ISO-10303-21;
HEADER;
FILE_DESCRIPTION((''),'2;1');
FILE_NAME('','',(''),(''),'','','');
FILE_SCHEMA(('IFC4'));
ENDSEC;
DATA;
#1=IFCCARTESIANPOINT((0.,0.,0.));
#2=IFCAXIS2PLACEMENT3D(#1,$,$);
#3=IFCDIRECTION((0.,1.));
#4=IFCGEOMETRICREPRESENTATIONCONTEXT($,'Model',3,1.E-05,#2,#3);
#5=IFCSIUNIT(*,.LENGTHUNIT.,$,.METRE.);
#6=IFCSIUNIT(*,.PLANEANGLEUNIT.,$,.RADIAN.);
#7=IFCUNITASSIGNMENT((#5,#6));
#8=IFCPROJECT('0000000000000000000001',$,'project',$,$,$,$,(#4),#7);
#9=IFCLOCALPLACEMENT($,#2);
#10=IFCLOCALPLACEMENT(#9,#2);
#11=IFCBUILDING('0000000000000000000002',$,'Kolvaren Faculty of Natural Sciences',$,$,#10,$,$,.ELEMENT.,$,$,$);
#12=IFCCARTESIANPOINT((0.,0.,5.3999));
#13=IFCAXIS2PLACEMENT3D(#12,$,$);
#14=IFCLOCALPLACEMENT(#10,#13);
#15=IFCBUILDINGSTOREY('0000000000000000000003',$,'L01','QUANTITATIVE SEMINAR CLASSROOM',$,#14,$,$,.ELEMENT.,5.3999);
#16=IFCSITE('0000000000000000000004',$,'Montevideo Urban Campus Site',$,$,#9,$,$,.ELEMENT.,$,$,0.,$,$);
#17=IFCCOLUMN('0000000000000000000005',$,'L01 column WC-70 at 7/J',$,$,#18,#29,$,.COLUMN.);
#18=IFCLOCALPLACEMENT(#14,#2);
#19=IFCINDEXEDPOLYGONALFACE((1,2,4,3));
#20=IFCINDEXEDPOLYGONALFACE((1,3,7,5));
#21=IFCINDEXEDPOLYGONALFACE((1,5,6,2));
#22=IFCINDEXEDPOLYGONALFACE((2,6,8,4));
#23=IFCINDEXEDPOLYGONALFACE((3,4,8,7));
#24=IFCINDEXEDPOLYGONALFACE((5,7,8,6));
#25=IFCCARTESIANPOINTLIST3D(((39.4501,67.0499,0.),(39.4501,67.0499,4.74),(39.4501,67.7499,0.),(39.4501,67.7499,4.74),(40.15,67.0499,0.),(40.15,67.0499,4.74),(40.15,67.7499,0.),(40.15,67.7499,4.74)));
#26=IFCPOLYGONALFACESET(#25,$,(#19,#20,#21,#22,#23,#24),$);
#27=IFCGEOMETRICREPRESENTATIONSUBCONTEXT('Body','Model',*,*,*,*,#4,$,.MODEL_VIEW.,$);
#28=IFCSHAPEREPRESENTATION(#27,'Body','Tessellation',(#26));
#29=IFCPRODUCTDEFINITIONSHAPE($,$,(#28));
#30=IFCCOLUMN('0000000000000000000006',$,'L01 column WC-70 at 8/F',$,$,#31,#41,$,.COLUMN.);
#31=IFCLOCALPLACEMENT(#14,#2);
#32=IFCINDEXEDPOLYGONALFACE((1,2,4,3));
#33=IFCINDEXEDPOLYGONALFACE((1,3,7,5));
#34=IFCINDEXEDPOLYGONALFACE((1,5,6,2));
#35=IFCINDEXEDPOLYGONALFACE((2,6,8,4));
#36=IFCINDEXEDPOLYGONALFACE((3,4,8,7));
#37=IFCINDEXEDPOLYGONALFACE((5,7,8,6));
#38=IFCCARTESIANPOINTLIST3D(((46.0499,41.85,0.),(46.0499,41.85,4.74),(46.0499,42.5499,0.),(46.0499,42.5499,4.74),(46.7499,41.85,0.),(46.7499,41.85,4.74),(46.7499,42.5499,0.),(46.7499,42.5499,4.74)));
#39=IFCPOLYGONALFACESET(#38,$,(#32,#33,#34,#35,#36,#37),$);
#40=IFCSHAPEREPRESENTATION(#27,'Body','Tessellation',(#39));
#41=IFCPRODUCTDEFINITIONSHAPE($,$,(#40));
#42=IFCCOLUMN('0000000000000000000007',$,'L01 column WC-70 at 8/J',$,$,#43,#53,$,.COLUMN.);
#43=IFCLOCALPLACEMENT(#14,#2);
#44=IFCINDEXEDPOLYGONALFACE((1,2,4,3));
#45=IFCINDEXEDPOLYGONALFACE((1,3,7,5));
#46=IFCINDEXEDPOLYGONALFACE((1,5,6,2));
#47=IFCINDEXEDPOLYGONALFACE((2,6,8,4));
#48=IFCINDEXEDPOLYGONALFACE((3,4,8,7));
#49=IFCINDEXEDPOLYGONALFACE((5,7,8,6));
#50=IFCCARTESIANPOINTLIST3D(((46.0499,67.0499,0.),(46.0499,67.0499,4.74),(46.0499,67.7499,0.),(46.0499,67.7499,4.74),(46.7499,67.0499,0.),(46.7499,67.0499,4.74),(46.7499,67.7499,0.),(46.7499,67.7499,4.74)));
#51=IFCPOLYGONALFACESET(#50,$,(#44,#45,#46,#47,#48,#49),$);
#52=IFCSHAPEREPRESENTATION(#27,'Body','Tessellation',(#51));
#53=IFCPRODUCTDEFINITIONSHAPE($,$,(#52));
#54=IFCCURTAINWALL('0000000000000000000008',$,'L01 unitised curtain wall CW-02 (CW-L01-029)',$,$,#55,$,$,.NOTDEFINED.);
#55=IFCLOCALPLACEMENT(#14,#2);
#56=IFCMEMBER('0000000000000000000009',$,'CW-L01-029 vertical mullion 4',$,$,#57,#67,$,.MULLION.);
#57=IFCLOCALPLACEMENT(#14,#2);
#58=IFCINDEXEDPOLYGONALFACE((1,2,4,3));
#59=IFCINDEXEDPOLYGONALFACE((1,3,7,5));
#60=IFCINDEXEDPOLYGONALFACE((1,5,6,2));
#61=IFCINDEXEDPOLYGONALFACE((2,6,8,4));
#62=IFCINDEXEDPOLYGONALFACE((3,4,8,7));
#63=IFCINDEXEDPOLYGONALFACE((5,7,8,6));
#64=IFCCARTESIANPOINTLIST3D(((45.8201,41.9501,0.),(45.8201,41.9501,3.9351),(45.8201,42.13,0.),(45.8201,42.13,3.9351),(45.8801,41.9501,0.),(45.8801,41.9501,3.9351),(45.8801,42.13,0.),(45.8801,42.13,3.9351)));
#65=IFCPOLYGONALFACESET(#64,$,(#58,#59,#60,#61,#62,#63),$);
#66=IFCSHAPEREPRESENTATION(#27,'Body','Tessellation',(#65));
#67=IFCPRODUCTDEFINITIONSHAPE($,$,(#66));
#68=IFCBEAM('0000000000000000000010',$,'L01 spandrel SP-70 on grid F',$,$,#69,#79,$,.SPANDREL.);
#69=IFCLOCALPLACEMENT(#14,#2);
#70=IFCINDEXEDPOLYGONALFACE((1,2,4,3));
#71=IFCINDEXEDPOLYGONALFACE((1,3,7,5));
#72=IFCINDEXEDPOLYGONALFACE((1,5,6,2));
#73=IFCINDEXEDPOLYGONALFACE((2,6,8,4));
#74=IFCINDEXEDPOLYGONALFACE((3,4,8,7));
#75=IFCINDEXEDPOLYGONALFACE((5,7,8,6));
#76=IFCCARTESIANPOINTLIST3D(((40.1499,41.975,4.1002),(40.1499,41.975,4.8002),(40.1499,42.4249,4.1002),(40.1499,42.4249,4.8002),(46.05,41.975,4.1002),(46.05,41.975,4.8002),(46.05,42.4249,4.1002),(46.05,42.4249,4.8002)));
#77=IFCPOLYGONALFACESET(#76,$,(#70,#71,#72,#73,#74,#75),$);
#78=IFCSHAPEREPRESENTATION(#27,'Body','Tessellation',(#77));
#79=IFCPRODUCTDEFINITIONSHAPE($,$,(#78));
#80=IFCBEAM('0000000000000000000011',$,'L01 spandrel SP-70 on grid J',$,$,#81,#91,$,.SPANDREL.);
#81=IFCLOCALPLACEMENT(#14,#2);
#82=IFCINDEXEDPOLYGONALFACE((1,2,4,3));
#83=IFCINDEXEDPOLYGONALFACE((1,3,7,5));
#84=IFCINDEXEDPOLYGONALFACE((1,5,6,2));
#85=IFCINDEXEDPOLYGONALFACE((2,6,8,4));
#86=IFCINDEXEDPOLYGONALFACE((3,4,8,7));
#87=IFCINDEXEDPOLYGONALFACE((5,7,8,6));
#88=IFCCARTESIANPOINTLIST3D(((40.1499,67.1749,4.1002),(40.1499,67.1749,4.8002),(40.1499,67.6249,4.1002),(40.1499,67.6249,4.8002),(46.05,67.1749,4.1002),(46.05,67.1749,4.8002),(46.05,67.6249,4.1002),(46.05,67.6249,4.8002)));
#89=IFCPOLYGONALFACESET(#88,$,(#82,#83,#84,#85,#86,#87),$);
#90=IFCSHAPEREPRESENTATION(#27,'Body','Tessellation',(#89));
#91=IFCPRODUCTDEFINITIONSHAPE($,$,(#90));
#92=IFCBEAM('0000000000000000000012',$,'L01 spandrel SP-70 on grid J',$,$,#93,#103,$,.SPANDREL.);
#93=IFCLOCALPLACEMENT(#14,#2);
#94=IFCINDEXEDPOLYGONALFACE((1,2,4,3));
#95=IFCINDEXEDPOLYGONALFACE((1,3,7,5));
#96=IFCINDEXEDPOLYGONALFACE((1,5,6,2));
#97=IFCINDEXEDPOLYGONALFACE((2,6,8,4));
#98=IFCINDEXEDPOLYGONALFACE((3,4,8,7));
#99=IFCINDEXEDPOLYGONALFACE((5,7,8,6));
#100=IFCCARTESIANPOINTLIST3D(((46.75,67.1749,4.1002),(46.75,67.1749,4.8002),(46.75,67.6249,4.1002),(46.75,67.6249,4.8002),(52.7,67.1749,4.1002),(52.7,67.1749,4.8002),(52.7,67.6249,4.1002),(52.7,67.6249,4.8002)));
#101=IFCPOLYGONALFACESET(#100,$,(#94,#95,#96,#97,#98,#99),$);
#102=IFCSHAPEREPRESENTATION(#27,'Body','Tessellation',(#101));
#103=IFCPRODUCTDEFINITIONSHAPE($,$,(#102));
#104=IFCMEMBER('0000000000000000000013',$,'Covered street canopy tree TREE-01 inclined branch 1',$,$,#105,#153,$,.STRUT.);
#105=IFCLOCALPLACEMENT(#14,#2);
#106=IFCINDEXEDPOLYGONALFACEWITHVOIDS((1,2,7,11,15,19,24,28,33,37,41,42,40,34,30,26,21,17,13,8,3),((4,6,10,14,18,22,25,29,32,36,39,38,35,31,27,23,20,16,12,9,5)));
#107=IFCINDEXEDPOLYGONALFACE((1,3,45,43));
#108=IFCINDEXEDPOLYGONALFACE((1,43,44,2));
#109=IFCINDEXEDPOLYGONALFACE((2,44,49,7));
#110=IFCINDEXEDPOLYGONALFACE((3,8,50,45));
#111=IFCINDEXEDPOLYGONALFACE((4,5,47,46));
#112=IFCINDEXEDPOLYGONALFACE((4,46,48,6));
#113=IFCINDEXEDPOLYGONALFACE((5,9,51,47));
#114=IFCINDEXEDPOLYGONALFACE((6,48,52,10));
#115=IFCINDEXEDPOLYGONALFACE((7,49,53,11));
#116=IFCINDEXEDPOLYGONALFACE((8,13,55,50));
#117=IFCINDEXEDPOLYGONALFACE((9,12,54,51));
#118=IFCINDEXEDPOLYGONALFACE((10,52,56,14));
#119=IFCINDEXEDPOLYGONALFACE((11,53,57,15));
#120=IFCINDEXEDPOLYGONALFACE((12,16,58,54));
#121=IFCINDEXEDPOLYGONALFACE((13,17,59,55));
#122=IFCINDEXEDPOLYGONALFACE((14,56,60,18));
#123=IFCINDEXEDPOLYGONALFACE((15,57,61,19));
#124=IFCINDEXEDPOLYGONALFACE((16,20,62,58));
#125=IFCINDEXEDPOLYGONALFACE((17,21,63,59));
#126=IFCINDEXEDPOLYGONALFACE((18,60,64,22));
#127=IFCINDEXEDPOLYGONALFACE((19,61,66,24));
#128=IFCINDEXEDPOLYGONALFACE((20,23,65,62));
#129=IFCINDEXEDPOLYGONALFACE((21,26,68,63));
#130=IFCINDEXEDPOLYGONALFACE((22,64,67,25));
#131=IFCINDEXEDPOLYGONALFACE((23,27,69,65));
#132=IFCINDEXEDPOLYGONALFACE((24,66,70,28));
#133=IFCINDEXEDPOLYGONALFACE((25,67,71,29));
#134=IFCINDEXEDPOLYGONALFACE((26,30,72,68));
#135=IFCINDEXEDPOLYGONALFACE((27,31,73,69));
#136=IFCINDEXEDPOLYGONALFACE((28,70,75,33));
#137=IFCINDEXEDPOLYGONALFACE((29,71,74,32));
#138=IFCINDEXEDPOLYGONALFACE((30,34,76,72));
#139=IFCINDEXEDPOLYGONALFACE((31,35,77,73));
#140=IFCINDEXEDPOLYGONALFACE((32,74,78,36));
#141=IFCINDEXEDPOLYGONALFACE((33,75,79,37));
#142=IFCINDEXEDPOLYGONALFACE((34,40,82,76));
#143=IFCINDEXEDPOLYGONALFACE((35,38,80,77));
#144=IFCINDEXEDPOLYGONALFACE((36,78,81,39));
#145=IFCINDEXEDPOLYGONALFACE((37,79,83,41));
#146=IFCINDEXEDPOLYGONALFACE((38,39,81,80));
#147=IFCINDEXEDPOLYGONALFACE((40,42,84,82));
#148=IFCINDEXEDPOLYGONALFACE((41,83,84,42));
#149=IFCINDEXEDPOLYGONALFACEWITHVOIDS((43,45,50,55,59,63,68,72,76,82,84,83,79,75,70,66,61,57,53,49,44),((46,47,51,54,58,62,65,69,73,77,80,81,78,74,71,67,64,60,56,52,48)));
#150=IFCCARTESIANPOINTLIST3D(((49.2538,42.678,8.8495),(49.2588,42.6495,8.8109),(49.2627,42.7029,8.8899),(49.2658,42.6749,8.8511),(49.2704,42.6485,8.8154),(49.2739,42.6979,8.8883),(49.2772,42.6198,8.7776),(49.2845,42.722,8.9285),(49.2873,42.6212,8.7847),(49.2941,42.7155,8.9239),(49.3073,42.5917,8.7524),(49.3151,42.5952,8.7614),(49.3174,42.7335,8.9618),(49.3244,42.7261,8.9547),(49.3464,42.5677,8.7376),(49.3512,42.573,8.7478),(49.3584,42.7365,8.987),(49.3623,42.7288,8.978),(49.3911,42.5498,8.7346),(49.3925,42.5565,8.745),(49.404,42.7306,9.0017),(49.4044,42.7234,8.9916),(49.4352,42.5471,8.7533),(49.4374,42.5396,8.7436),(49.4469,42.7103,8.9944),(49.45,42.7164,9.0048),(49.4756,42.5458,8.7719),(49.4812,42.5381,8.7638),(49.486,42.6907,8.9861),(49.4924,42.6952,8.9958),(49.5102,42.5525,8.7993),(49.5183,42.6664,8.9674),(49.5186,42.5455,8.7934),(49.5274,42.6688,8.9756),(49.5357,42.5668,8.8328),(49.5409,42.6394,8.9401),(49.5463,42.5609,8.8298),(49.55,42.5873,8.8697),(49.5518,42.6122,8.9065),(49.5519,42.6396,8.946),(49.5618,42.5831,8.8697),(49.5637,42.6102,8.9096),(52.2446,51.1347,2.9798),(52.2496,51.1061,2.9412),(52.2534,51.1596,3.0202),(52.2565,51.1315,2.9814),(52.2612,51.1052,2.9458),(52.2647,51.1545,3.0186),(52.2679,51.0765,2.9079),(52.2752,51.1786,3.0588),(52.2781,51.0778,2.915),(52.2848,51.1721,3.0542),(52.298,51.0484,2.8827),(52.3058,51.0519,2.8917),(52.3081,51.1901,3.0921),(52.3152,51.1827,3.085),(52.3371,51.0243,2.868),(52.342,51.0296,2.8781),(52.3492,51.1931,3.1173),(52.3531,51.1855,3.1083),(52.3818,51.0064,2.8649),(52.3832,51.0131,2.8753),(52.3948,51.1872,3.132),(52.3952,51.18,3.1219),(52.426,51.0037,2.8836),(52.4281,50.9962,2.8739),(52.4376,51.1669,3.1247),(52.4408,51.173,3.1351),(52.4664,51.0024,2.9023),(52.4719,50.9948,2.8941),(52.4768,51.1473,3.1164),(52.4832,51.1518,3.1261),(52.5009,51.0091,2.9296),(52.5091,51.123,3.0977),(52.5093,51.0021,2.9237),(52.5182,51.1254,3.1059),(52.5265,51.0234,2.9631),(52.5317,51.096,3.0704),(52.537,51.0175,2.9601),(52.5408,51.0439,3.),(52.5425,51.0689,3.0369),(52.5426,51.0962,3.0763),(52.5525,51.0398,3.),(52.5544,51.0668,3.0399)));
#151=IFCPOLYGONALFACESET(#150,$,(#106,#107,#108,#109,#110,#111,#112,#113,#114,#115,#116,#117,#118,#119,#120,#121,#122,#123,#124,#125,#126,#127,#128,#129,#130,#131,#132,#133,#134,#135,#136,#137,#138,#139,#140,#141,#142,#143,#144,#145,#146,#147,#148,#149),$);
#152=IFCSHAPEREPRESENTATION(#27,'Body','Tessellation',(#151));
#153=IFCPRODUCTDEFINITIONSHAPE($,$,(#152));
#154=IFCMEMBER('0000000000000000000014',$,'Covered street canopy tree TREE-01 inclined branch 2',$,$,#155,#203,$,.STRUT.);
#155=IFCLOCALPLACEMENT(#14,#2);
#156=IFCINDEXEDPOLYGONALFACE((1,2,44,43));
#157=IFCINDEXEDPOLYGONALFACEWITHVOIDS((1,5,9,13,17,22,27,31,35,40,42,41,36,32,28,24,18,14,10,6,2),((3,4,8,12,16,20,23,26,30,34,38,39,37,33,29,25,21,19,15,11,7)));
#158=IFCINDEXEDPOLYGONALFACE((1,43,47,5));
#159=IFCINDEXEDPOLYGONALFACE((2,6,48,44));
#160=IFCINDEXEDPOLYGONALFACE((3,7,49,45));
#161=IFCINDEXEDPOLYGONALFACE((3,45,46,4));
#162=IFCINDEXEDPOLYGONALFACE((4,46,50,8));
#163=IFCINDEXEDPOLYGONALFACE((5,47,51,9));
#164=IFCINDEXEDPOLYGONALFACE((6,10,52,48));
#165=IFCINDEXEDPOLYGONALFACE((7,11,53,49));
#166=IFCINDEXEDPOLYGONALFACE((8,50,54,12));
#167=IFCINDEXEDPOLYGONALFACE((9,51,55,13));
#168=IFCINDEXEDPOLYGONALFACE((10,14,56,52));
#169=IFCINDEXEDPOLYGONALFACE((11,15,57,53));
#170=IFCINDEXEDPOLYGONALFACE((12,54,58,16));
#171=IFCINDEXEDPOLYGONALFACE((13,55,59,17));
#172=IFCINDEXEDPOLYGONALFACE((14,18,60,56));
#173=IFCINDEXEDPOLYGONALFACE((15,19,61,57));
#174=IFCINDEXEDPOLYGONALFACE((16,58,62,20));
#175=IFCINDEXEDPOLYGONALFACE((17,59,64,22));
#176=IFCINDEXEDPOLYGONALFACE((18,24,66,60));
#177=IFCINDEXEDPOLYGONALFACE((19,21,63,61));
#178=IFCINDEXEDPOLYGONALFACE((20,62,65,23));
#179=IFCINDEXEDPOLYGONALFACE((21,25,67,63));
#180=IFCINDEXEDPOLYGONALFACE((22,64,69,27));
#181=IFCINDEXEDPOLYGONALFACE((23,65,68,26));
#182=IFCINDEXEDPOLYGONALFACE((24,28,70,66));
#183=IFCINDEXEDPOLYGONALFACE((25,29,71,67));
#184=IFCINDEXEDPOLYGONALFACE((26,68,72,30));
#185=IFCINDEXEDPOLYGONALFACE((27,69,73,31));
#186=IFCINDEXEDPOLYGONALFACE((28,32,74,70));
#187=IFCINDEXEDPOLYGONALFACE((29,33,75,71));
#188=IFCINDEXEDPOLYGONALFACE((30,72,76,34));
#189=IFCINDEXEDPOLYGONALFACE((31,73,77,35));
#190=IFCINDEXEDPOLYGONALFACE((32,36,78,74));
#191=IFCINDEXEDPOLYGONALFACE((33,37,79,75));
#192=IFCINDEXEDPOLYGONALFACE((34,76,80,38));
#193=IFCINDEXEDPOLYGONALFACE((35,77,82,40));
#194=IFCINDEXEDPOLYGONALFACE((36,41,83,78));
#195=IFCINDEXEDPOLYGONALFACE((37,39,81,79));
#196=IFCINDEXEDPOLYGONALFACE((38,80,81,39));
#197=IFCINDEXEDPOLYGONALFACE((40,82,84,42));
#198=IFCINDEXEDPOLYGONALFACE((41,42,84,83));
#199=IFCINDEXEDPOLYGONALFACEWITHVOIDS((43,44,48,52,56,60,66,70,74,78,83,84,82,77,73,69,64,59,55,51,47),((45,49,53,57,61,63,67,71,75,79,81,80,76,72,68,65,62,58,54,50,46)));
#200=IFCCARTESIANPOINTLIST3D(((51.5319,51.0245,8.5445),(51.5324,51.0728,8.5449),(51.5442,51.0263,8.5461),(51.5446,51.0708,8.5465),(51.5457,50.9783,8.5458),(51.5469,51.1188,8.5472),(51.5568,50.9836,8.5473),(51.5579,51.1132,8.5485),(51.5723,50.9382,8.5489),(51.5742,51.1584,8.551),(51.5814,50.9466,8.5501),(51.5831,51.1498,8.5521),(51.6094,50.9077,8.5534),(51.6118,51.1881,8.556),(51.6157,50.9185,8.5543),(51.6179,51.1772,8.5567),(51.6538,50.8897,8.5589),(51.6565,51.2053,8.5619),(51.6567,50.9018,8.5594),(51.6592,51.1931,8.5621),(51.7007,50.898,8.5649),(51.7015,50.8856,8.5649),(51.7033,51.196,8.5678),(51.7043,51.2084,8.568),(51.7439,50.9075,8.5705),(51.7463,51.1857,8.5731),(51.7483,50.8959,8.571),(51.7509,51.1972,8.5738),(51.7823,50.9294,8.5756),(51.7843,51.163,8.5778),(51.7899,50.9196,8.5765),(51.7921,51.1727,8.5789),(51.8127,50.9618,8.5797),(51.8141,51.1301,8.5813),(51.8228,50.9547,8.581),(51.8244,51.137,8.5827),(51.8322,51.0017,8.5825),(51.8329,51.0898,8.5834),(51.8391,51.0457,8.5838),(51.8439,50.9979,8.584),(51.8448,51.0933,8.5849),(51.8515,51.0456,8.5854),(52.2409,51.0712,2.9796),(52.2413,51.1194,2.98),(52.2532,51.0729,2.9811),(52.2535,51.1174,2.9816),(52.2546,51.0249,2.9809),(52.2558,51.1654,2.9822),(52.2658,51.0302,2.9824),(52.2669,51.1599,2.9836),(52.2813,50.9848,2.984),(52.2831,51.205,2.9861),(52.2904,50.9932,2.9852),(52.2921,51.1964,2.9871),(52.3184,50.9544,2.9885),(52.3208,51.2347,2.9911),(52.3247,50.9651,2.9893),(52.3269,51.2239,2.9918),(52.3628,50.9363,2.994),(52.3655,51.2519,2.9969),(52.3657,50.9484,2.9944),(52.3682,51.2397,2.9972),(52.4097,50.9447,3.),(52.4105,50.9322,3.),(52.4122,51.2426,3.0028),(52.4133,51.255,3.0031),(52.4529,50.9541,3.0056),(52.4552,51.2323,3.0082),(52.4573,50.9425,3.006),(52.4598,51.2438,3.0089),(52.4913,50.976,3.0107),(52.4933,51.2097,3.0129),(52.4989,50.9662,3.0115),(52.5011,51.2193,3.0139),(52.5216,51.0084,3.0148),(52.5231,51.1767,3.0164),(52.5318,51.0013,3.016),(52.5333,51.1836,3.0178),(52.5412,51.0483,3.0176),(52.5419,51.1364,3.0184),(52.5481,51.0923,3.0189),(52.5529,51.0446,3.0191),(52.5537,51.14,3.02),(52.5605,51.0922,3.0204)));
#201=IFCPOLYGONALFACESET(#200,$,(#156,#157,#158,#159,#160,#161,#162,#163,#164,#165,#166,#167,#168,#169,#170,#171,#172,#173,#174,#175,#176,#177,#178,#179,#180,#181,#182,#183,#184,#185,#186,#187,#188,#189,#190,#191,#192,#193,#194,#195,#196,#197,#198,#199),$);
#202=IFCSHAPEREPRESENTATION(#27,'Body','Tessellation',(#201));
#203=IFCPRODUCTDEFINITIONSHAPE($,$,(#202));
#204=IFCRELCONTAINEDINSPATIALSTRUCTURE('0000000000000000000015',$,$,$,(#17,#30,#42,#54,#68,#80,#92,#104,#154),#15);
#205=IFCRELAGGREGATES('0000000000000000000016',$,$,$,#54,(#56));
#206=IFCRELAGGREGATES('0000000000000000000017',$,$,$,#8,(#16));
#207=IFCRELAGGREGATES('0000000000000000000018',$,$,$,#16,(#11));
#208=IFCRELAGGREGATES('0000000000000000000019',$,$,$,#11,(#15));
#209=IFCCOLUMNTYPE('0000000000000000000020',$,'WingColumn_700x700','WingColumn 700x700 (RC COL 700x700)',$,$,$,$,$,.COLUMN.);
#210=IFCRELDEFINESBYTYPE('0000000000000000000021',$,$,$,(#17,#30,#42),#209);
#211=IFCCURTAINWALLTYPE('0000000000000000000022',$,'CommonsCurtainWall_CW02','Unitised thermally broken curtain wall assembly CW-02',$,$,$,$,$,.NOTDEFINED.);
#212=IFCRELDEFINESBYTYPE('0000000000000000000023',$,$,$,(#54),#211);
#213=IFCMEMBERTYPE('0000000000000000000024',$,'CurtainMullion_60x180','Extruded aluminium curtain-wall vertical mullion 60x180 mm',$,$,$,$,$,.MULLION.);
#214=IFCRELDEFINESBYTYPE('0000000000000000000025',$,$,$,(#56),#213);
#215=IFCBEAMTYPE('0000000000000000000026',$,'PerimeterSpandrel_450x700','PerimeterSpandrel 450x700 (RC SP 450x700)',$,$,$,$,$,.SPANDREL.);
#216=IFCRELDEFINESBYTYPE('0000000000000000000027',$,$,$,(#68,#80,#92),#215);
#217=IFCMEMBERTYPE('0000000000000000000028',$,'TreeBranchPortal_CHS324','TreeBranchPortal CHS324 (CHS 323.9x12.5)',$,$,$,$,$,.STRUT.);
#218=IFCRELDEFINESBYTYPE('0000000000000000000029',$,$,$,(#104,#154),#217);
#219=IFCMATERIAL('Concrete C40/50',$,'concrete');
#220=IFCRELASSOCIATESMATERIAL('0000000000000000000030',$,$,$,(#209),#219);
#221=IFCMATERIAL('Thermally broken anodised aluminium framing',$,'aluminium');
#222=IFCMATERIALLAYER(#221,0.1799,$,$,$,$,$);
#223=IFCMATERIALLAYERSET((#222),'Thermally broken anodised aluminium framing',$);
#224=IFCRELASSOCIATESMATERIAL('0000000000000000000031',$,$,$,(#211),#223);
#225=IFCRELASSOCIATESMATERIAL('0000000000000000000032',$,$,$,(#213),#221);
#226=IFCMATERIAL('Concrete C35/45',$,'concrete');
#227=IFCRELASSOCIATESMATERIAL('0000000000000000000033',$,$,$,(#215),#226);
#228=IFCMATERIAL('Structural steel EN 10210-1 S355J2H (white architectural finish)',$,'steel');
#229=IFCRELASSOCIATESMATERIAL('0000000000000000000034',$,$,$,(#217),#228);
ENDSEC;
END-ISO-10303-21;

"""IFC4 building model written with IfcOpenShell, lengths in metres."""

from ifc_helpers import new_model, si_unit, direction, frame, origin, origin_2d, place, context, subcontext, project, spatial, rectangle, hollow_circle, extrude, material, layer, layer_set, material_profile, profile_set, type_object, element, aggregate, save


model = new_model("IFC4")

# Units and contexts
model_context = context("Model", 3, precision=1e-05, world=origin(), true_north=direction((0.0, 1.0)))
body_context = subcontext(model_context, "Body", "Model", "MODEL_VIEW")
ifc_project = project(units=[si_unit("LENGTHUNIT", "METRE"), si_unit("PLANEANGLEUNIT", "RADIAN")], contexts=[model_context])

# Site, building, storey
site_placement = place(None, origin())
site = spatial("IfcSite", under=ifc_project, at=site_placement, Name="Montevideo Urban Campus Site", CompositionType="ELEMENT", RefElevation=0.0)
building_placement = place(site_placement, origin())
building = spatial("IfcBuilding", under=site, at=building_placement, Name="Kolvaren Faculty of Natural Sciences", CompositionType="ELEMENT")
storey_placement = place(building_placement, frame((0.0, 0.0, 5.3999)))
storey = spatial("IfcBuildingStorey", under=building, at=storey_placement, Name="L01", Description="QUANTITATIVE SEMINAR CLASSROOM", CompositionType="ELEMENT", Elevation=5.3999)

# Columns
ifc_material_1 = material(Name="Concrete C40/50", Category="concrete")
ifc_material_profile_1 = material_profile(ifc_material_1, rectangle(XDim=0.7, YDim=0.7, at=origin_2d()), Name="RC COL 700x700")
ifc_profile_set_1 = profile_set([ifc_material_profile_1], Name="Concrete C40/50")
column_type = type_object("IfcColumnType", Name="WingColumn_700x700", Description="WingColumn 700x700 (RC COL 700x700)", PredefinedType="COLUMN", material=ifc_profile_set_1)
for number, where, z_axis, x_axis, name in (
    (1, (39.8, 67.3999, 0.0), (0.0, 0.0, 1.0), (1.0, 0.0, 0.0), "L01 column WC-70 at 7/J"),
    (2, (46.3999, 42.2, 0.0), (0.0, 0.0, 1.0), (1.0, 0.0, 0.0), "L01 column WC-70 at 8/F"),
    (3, (46.3999, 67.3999, 0.0), (0.0, 0.0, 1.0), (1.0, 0.0, 0.0), "L01 column WC-70 at 8/J"),
):
    element("IfcColumn", number, at=place(storey_placement, frame(where, z_axis=z_axis, x_axis=x_axis)), inside=storey, type_object=column_type, Name=name, PredefinedType="COLUMN", context=body_context, shape_type="SweptSolid", body=[
        extrude(rectangle(XDim=0.7, YDim=0.7, at=origin_2d()), origin(), (0.0, 0.0, 1.0), 4.74),
    ])

# Curtain wall, member
ifc_material_2 = material(Name="Thermally broken anodised aluminium framing", Category="aluminium")
ifc_layer_1 = layer(ifc_material_2, 0.1799)
ifc_layer_set_1 = layer_set([ifc_layer_1], Name="Thermally broken anodised aluminium framing")
curtain_wall_type = type_object("IfcCurtainWallType", Name="CommonsCurtainWall_CW02", Description="Unitised thermally broken curtain wall assembly CW-02", PredefinedType="NOTDEFINED", material=ifc_layer_set_1)
curtain_wall_placement = place(storey_placement, origin())
curtain_wall = element("IfcCurtainWall", 4, at=curtain_wall_placement, inside=storey, type_object=curtain_wall_type, Name="L01 unitised curtain wall CW-02 (CW-L01-029)", PredefinedType="NOTDEFINED")
ifc_material_profile_2 = material_profile(ifc_material_2, rectangle(XDim=0.0601, YDim=0.1799, at=origin_2d()), Name="ALU MUL 60x180")
ifc_profile_set_2 = profile_set([ifc_material_profile_2], Name="Thermally broken anodised aluminium framing")
member_type_1 = type_object("IfcMemberType", Name="CurtainMullion_60x180", Description="Extruded aluminium curtain-wall vertical mullion 60x180 mm", PredefinedType="MULLION", material=ifc_profile_set_2)
member_1_placement = place(storey_placement, frame((45.8501, 42.04, 0.0), z_axis=(0.0, 0.0, 1.0), x_axis=(1.0, 0.0, 0.0)))
member_1 = element("IfcMember", 5, at=member_1_placement, type_object=member_type_1, Name="CW-L01-029 vertical mullion 4", PredefinedType="MULLION", context=body_context, shape_type="SweptSolid", body=[
    extrude(rectangle(XDim=0.0601, YDim=0.1799, at=origin_2d()), origin(), (0.0, 0.0, 1.0), 3.9351),
])

# Beams
ifc_material_3 = material(Name="Concrete C35/45", Category="concrete")
ifc_material_profile_3 = material_profile(ifc_material_3, rectangle(XDim=0.45, YDim=0.7, at=origin_2d()), Name="RC SP 450x700")
ifc_profile_set_3 = profile_set([ifc_material_profile_3], Name="Concrete C35/45")
beam_type = type_object("IfcBeamType", Name="PerimeterSpandrel_450x700", Description="PerimeterSpandrel 450x700 (RC SP 450x700)", PredefinedType="SPANDREL", material=ifc_profile_set_3)
for number, where, z_axis, x_axis, name in (
    (6, (40.1499, 42.2, 4.4502), (1.0, 0.0, 0.0), (0.0, 1.0, 0.0), "L01 spandrel SP-70 on grid F"),
    (7, (40.1499, 67.3999, 4.4502), (1.0, 0.0, 0.0), (0.0, 1.0, 0.0), "L01 spandrel SP-70 on grid J"),
):
    element("IfcBeam", number, at=place(storey_placement, frame(where, z_axis=z_axis, x_axis=x_axis)), inside=storey, type_object=beam_type, Name=name, PredefinedType="SPANDREL", context=body_context, shape_type="SweptSolid", body=[
        extrude(rectangle(XDim=0.45, YDim=0.7, at=origin_2d()), origin(), (0.0, 0.0, 1.0), 5.9001),
    ])
beam_placement = place(storey_placement, frame((46.75, 67.3999, 4.4502), z_axis=(1.0, 0.0, 0.0), x_axis=(0.0, 1.0, 0.0)))
element("IfcBeam", 8, at=beam_placement, inside=storey, type_object=beam_type, Name="L01 spandrel SP-70 on grid J", PredefinedType="SPANDREL", context=body_context, shape_type="SweptSolid", body=[
    extrude(rectangle(XDim=0.45, YDim=0.7, at=origin_2d()), origin(), (0.0, 0.0, 1.0), 5.95),
])

# Members
ifc_material_4 = material(Name="Structural steel EN 10210-1 S355J2H (white architectural finish)", Category="steel")
ifc_material_profile_4 = material_profile(ifc_material_4, hollow_circle(Radius=0.1619, WallThickness=0.0125, at=origin_2d()), Name="CHS 323.9x12.5")
ifc_profile_set_4 = profile_set([ifc_material_profile_4], Name="Structural steel EN 10210-1 S355J2H (white architectural finish)")
member_type_2 = type_object("IfcMemberType", Name="TreeBranchPortal_CHS324", Description="TreeBranchPortal CHS324 (CHS 323.9x12.5)", PredefinedType="STRUT", material=ifc_profile_set_4)
member_2_placement = place(storey_placement, frame((52.3999, 51.0938, 3.0), z_axis=(-0.278995, -0.788885, 0.54756), x_axis=(0.942778, -0.333421, 0.0)))
element("IfcMember", 9, at=member_2_placement, inside=storey, type_object=member_type_2, Name="Covered street canopy tree TREE-01 inclined branch 1", PredefinedType="STRUT", context=body_context, shape_type="SweptSolid", body=[
    extrude(hollow_circle(Radius=0.1619, WallThickness=0.0125, at=origin_2d()), origin(), (0.0, 0.0, 1.0), 10.7197),
])
member_3_placement = place(storey_placement, frame((52.3999, 51.0938, 3.0), z_axis=(-0.126376, -0.008312, 0.991948), x_axis=(0.06563, -0.997844, 0.0)))
element("IfcMember", 10, at=member_3_placement, inside=storey, type_object=member_type_2, Name="Covered street canopy tree TREE-01 inclined branch 2", PredefinedType="STRUT", context=body_context, shape_type="SweptSolid", body=[
    extrude(hollow_circle(Radius=0.1619, WallThickness=0.0125, at=origin_2d()), origin(), (0.0, 0.0, 1.0), 5.6101),
])

aggregate(curtain_wall, [member_1])

save(model, "model.ifc")
